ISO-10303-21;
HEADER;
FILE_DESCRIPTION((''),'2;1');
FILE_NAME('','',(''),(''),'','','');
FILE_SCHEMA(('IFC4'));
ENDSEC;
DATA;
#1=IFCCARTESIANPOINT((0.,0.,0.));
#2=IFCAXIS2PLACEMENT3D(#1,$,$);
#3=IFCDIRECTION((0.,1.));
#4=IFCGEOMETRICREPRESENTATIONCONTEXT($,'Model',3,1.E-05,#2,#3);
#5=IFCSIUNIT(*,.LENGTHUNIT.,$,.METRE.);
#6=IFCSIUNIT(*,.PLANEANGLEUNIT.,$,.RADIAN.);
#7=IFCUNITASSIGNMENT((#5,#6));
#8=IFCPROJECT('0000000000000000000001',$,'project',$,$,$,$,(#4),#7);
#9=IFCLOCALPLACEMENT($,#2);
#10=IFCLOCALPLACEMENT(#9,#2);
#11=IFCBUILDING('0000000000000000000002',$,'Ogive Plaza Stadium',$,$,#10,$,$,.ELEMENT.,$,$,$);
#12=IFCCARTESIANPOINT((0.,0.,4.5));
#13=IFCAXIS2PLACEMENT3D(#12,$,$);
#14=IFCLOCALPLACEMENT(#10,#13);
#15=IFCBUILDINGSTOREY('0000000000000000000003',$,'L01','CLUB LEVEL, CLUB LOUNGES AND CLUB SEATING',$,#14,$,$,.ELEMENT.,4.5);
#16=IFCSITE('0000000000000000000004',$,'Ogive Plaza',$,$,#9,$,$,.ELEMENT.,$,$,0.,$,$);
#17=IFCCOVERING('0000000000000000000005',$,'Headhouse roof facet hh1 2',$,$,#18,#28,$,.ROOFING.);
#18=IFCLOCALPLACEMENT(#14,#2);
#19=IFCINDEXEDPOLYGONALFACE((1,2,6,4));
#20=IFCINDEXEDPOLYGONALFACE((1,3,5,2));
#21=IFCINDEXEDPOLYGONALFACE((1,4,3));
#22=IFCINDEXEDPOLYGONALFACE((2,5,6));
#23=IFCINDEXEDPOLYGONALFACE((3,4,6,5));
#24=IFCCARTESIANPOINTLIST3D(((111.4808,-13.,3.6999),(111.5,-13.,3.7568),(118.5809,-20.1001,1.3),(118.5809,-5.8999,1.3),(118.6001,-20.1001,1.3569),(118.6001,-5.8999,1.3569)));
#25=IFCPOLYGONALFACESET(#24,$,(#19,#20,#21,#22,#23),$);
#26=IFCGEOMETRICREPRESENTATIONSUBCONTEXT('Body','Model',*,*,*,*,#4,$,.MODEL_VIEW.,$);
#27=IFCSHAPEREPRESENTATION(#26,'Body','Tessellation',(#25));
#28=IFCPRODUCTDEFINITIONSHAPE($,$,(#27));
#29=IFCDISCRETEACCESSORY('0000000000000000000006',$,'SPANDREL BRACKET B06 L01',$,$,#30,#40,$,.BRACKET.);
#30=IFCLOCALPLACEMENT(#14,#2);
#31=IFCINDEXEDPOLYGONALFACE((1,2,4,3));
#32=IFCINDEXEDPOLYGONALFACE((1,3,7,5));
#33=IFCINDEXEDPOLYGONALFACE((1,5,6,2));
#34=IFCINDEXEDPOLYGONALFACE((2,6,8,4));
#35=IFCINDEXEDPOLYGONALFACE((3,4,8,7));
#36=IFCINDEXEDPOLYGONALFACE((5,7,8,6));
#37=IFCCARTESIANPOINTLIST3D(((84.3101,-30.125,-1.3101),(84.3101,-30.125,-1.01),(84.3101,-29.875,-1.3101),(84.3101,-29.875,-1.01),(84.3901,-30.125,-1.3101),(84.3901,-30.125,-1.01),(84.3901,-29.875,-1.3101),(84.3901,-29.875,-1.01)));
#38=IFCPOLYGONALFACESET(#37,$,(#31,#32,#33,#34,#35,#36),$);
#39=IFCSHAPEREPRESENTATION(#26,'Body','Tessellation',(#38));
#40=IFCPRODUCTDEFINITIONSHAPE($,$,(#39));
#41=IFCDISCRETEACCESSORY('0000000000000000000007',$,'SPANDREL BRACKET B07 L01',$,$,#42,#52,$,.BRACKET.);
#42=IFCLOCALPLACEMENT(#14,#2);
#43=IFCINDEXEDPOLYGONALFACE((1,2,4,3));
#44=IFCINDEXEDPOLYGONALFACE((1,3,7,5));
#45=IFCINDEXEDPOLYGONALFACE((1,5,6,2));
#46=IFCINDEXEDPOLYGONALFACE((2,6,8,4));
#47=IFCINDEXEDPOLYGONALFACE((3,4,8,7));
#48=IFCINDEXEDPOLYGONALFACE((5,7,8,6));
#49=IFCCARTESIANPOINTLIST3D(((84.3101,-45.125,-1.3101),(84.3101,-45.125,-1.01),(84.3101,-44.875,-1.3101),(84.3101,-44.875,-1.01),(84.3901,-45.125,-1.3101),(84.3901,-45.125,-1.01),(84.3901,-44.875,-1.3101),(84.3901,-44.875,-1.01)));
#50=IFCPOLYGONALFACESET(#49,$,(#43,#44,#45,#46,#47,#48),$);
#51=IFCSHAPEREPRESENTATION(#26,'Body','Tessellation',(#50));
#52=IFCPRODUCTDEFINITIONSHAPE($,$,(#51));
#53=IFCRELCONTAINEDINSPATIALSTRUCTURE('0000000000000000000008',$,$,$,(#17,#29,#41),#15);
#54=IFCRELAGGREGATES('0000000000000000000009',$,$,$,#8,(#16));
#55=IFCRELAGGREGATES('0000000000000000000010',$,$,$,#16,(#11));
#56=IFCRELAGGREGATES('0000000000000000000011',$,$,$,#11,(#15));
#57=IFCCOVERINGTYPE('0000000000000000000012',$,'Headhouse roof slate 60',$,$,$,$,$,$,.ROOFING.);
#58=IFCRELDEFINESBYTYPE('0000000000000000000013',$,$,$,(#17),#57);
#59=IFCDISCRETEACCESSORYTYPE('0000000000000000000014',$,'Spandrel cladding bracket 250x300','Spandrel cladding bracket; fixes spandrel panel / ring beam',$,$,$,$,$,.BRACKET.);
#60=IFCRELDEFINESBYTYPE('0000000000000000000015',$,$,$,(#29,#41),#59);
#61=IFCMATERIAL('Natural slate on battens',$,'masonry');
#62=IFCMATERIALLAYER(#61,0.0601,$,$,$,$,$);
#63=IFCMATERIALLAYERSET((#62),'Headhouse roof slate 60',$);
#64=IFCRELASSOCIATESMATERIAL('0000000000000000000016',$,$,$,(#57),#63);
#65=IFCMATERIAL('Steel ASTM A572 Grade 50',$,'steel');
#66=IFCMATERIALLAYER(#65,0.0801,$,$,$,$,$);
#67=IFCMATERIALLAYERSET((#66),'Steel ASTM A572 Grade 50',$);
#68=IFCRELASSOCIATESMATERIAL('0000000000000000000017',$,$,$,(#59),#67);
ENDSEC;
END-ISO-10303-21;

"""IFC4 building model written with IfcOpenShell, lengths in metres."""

from ifc_helpers import new_model, si_unit, direction, frame, origin, origin_2d, place, context, subcontext, project, spatial, polyline, rectangle, outline, extrude, material, layer, layer_set, type_object, element, save


model = new_model("IFC4")

# Units and contexts
model_context = context("Model", 3, precision=1e-05, world=origin(), true_north=direction((0.0, 1.0)))
body_context = subcontext(model_context, "Body", "Model", "MODEL_VIEW")
ifc_project = project(units=[si_unit("LENGTHUNIT", "METRE"), si_unit("PLANEANGLEUNIT", "RADIAN")], contexts=[model_context])

# Site, building, storey
site_placement = place(None, origin())
site = spatial("IfcSite", under=ifc_project, at=site_placement, Name="Ogive Plaza", CompositionType="ELEMENT", RefElevation=0.0)
building_placement = place(site_placement, origin())
building = spatial("IfcBuilding", under=site, at=building_placement, Name="Ogive Plaza Stadium", CompositionType="ELEMENT")
storey_placement = place(building_placement, frame((0.0, 0.0, 4.5)))
storey = spatial("IfcBuildingStorey", under=building, at=storey_placement, Name="L01", Description="CLUB LEVEL, CLUB LOUNGES AND CLUB SEATING", CompositionType="ELEMENT", Elevation=4.5)

# Covering
ifc_material_1 = material(Name="Natural slate on battens", Category="masonry")
ifc_layer_1 = layer(ifc_material_1, 0.0601)
ifc_layer_set_1 = layer_set([ifc_layer_1], Name="Headhouse roof slate 60")
covering_type = type_object("IfcCoveringType", Name="Headhouse roof slate 60", PredefinedType="ROOFING", material=ifc_layer_set_1)
covering_1_placement = place(storey_placement, frame((118.6001, -20.1001, 1.3569), z_axis=(0.320212, 0.0, 0.947346), x_axis=(0.0, 1.0, 0.0)))
element("IfcCovering", 1, at=covering_1_placement, inside=storey, type_object=covering_type, Name="Headhouse roof facet hh1 2", PredefinedType="ROOFING", context=body_context, shape_type="SweptSolid", body=[
    extrude(outline(polyline([(0.0, 0.0), (14.2002, 0.0), (7.1001, 7.4947), (0.0, 0.0)])), origin(), (0.0, 0.0, -1.0), 0.0601),
])

# Discrete accessories
ifc_material_2 = material(Name="Steel ASTM A572 Grade 50", Category="steel")
ifc_layer_2 = layer(ifc_material_2, 0.0801)
ifc_layer_set_2 = layer_set([ifc_layer_2], Name="Steel ASTM A572 Grade 50")
discrete_accessory_type = type_object("IfcDiscreteAccessoryType", Name="Spandrel cladding bracket 250x300", Description="Spandrel cladding bracket; fixes spandrel panel / ring beam", PredefinedType="BRACKET", material=ifc_layer_set_2)
for number, where, z_axis, x_axis, name in (
    (2, (84.3501, -30.0, -1.3101), (0.0, 0.0, 1.0), (0.0, -1.0, 0.0), "SPANDREL BRACKET B06 L01"),
    (3, (84.3501, -45.0, -1.3101), (0.0, 0.0, 1.0), (0.0, -1.0, 0.0), "SPANDREL BRACKET B07 L01"),
):
    element("IfcDiscreteAccessory", number, at=place(storey_placement, frame(where, z_axis=z_axis, x_axis=x_axis)), inside=storey, type_object=discrete_accessory_type, Name=name, PredefinedType="BRACKET", context=body_context, shape_type="SweptSolid", body=[
        extrude(rectangle(XDim=0.25, YDim=0.0801, at=origin_2d()), origin(), (0.0, 0.0, 1.0), 0.3),
    ])

save(model, "model.ifc")
